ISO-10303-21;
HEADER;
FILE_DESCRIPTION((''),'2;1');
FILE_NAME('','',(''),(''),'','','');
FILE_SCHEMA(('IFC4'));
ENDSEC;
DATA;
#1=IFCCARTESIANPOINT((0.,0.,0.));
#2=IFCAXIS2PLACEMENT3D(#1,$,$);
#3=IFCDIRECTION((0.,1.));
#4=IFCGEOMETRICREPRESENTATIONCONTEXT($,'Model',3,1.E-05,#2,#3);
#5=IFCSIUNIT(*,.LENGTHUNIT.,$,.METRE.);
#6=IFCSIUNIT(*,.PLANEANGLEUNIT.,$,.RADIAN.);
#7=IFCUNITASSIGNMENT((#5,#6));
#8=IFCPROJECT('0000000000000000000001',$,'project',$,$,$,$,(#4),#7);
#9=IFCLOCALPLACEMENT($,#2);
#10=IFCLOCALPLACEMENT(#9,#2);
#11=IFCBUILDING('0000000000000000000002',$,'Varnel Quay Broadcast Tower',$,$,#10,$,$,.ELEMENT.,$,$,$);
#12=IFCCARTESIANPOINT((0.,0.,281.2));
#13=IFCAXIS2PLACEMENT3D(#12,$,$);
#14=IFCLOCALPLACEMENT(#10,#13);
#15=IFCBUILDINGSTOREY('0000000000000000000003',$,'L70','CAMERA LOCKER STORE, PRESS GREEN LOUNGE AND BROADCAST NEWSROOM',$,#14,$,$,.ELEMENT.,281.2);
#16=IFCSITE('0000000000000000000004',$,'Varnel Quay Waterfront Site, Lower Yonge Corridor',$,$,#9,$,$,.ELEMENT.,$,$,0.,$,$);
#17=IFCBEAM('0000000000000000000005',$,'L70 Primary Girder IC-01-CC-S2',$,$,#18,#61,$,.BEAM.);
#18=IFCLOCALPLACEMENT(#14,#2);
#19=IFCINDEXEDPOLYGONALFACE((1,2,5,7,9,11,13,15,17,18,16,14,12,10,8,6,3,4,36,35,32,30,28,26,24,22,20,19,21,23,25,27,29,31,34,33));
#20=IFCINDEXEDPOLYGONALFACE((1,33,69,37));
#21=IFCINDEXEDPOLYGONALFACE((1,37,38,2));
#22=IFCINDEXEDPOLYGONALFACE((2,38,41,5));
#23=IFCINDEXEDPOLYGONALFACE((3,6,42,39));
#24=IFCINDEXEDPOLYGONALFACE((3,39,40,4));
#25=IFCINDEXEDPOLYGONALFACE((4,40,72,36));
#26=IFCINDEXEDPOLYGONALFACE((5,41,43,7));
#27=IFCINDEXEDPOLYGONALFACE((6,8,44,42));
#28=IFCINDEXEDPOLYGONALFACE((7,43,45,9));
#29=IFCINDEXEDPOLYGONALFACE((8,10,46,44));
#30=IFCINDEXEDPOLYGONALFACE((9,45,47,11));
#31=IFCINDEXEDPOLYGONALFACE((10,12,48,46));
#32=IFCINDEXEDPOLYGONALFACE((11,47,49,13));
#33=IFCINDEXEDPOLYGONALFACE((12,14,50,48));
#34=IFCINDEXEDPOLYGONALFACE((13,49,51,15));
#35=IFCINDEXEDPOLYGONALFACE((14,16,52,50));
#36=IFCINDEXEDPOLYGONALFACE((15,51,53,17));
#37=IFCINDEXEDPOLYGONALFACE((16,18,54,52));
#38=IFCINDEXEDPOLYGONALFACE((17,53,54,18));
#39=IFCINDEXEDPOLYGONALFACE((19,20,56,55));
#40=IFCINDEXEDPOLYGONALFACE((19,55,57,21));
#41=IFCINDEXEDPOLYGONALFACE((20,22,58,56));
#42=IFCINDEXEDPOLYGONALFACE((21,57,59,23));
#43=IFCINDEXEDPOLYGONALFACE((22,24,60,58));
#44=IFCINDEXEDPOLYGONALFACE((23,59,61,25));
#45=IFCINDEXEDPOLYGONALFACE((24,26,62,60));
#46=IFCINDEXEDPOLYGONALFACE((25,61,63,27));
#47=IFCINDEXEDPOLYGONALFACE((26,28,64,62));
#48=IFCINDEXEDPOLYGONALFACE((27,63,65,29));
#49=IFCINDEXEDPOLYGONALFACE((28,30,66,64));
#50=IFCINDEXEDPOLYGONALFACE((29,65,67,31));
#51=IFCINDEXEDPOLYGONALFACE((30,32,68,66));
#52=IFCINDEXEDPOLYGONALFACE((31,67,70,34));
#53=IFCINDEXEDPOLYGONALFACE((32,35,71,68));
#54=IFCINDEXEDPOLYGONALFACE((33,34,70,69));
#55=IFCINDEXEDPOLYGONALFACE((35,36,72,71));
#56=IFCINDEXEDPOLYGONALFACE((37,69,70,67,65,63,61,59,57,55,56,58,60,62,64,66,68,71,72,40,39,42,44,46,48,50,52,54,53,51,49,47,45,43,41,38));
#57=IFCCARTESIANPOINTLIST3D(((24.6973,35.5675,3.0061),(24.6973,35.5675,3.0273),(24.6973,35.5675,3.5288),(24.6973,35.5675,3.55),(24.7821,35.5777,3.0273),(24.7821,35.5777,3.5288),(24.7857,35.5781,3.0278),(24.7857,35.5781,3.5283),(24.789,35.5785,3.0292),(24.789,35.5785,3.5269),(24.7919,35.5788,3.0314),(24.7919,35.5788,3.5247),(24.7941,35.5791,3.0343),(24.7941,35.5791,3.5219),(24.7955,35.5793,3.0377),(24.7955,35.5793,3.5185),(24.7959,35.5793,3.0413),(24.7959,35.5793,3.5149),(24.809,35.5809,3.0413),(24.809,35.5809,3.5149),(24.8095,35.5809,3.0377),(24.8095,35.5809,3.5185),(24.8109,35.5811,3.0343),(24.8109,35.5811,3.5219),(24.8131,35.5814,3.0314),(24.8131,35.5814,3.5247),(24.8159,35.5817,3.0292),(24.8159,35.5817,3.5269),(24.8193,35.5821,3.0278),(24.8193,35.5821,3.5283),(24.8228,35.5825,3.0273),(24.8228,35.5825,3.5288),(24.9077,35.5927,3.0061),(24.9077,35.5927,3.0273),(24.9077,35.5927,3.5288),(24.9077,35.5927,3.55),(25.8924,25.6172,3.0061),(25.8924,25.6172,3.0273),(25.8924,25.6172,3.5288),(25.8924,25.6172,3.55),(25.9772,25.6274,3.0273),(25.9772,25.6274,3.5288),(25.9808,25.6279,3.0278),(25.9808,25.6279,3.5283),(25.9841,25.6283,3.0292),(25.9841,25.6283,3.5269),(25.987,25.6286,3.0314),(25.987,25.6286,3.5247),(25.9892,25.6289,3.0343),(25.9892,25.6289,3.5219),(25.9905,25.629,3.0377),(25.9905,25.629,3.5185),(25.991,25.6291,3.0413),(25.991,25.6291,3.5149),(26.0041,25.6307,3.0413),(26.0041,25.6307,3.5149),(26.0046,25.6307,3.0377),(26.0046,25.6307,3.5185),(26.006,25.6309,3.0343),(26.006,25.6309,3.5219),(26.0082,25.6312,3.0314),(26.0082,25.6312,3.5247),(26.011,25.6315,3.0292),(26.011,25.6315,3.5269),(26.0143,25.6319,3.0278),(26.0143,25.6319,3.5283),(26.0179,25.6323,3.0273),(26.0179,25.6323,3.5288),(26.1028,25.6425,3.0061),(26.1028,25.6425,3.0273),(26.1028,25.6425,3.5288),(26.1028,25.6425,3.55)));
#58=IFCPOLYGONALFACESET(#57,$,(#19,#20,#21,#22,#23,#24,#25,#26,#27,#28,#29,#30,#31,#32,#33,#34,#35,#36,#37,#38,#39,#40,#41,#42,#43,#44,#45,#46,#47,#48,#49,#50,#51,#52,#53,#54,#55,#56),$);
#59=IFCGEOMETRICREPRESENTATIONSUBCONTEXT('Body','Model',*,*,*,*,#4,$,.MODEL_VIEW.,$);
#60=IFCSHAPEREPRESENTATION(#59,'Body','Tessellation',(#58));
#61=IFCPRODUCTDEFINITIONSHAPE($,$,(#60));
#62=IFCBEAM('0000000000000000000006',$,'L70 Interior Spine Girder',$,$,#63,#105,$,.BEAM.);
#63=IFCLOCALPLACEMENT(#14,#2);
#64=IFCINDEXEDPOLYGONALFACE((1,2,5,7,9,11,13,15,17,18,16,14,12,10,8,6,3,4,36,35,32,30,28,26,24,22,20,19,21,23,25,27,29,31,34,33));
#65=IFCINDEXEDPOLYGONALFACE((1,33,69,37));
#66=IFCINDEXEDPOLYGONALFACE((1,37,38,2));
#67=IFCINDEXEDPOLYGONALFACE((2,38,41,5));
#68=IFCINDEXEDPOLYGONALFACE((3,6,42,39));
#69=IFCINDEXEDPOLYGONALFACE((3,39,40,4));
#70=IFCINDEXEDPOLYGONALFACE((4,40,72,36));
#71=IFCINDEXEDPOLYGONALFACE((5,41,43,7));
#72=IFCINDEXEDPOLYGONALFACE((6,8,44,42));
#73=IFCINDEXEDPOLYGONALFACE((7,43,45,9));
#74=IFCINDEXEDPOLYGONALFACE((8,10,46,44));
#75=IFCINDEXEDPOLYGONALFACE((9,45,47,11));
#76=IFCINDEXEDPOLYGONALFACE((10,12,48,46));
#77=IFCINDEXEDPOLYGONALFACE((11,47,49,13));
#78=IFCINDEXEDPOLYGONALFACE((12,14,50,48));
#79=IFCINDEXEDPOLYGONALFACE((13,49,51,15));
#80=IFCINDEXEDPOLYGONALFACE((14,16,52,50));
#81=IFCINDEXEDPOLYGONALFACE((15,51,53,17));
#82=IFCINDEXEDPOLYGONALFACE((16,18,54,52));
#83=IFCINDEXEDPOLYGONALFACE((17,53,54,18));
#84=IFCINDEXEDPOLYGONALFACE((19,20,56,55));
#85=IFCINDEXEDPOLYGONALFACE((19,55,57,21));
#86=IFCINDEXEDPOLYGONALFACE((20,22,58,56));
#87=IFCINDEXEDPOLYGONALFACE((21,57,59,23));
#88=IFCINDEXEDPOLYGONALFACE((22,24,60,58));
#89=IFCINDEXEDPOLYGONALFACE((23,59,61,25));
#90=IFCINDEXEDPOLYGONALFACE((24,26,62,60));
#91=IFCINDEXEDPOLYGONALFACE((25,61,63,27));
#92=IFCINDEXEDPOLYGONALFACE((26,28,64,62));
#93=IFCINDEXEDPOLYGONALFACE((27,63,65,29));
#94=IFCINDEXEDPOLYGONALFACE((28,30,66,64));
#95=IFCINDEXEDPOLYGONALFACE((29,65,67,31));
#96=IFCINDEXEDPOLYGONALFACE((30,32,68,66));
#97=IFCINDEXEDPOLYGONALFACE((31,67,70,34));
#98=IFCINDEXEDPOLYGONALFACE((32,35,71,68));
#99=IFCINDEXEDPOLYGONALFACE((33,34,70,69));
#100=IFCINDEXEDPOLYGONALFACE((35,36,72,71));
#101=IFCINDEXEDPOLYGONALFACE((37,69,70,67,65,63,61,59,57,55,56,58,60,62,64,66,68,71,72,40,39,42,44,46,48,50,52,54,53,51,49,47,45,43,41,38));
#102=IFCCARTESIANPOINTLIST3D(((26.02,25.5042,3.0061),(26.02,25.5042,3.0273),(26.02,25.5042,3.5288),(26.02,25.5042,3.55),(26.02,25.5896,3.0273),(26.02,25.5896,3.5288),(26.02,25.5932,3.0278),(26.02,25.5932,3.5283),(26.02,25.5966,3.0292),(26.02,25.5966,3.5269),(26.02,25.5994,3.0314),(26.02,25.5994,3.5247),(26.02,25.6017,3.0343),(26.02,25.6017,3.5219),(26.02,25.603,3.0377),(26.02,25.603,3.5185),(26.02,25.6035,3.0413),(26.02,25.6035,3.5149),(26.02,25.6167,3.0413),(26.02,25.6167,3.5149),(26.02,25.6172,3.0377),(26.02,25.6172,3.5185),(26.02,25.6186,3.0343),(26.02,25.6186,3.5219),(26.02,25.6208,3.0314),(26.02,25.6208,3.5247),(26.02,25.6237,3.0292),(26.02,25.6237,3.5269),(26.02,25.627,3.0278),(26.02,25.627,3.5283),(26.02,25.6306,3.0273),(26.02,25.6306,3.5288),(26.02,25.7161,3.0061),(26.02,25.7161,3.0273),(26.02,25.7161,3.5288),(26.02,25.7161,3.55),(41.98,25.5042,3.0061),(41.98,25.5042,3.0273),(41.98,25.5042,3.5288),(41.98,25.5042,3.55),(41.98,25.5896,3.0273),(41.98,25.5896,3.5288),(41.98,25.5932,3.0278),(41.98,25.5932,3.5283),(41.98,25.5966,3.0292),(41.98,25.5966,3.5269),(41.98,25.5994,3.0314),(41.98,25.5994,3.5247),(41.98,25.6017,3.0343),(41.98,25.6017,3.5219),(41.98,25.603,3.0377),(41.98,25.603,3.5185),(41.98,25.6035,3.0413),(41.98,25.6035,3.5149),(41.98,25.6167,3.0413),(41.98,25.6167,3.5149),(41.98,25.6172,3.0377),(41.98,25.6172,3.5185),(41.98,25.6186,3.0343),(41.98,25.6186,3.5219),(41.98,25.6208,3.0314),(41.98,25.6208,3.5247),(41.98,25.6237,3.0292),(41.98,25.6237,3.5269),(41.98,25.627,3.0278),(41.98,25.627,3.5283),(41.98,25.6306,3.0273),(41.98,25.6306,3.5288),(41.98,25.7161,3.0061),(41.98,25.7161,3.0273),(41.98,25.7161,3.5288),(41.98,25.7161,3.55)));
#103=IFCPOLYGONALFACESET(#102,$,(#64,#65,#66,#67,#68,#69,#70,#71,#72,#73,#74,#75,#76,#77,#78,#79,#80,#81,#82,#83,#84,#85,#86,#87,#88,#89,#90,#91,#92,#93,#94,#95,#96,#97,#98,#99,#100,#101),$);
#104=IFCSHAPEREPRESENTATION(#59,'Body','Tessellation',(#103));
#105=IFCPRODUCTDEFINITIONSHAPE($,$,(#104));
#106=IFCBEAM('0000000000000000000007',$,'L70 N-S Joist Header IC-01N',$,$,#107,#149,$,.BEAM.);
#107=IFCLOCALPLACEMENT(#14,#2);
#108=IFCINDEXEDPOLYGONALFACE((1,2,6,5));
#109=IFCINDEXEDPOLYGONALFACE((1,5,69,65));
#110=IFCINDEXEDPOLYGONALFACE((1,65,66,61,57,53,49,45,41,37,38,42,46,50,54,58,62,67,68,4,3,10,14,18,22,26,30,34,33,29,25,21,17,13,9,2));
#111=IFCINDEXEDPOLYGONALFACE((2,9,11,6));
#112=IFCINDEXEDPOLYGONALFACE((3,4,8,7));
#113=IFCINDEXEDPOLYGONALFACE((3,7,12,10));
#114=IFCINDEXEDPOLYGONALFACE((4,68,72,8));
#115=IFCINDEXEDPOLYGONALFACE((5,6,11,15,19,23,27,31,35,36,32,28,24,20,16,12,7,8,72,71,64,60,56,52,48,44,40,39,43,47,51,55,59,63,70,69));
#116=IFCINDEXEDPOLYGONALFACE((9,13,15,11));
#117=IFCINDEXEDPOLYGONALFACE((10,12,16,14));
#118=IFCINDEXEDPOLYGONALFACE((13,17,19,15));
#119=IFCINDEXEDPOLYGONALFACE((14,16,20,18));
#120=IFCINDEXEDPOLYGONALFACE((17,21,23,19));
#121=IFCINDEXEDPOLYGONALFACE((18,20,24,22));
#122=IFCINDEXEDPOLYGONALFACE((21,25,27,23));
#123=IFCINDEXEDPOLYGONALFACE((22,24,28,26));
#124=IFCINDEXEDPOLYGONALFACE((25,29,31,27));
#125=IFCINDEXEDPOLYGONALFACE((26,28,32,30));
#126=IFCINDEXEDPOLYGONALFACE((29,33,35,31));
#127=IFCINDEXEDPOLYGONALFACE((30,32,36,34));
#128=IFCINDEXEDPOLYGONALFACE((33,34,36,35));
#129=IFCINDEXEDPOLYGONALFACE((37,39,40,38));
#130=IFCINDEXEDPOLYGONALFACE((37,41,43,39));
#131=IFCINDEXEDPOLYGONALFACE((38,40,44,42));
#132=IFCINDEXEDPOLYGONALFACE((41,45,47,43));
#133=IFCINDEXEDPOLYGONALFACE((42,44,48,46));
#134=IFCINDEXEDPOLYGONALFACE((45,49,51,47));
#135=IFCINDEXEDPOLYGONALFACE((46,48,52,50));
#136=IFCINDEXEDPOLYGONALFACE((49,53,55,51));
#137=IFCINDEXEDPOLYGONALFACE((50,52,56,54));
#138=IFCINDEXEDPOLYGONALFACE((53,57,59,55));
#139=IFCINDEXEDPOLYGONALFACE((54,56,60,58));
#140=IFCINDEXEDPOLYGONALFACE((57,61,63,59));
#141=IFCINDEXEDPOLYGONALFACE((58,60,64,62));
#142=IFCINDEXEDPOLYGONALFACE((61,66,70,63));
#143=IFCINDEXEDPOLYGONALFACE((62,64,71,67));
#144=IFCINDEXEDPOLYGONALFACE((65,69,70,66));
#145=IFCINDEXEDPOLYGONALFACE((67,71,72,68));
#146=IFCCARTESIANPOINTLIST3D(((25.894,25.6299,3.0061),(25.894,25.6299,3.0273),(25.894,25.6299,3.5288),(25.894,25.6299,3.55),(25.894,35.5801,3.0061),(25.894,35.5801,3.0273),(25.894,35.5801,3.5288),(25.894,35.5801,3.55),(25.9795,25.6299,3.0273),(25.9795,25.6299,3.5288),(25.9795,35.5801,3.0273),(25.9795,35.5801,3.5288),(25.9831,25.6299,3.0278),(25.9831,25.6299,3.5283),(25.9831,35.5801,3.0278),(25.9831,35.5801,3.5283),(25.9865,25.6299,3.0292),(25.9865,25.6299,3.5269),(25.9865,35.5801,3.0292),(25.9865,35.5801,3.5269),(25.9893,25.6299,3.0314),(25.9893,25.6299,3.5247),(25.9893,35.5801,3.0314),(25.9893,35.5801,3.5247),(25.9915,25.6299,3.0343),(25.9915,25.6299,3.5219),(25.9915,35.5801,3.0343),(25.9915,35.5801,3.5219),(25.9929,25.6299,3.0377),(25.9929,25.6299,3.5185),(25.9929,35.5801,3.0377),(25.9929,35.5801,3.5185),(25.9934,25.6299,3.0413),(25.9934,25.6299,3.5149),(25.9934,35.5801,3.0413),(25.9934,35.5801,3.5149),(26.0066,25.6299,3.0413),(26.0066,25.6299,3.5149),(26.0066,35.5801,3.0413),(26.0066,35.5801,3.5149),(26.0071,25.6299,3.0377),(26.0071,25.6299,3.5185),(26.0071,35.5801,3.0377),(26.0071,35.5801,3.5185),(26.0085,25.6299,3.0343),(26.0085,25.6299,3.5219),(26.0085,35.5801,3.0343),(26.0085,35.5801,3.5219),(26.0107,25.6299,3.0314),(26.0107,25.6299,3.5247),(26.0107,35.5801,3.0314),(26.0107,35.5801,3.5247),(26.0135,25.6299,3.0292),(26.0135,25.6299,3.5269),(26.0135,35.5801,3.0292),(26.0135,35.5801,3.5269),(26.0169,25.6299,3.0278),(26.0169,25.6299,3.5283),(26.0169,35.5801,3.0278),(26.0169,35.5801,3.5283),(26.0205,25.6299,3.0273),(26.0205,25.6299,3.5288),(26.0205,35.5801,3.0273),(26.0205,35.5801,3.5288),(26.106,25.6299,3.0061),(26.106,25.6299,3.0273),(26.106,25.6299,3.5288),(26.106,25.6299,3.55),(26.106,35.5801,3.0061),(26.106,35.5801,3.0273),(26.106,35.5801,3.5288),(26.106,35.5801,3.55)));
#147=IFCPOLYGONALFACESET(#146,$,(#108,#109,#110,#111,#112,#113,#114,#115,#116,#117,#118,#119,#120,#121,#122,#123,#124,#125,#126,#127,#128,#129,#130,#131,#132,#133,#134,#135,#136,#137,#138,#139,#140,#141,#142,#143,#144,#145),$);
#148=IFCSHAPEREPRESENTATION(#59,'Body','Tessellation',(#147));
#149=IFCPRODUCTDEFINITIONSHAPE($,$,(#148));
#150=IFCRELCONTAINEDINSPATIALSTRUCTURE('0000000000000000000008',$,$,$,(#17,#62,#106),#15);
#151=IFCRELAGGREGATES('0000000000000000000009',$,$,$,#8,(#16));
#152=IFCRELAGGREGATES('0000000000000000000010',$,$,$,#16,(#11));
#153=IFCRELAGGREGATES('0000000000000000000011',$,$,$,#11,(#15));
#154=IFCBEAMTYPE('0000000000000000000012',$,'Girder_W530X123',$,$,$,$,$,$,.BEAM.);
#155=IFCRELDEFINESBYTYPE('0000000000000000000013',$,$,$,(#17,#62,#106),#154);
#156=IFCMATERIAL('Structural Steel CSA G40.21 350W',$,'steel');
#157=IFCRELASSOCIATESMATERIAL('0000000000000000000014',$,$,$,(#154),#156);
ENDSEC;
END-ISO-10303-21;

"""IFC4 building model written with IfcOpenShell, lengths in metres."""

from ifc_helpers import new_model, si_unit, direction, frame, origin, origin_2d, place, context, subcontext, project, spatial, i_section, extrude, source, transform, mapped, material, material_profile, profile_set, type_object, type_shapes, element, save


model = new_model("IFC4")

# Units and contexts
model_context = context("Model", 3, precision=1e-05, world=origin(), true_north=direction((0.0, 1.0)))
body_context = subcontext(model_context, "Body", "Model", "MODEL_VIEW")
ifc_project = project(units=[si_unit("LENGTHUNIT", "METRE"), si_unit("PLANEANGLEUNIT", "RADIAN")], contexts=[model_context])

# Site, building, storey
site_placement = place(None, origin())
site = spatial("IfcSite", under=ifc_project, at=site_placement, Name="Varnel Quay Waterfront Site, Lower Yonge Corridor", CompositionType="ELEMENT", RefElevation=0.0)
building_placement = place(site_placement, origin())
building = spatial("IfcBuilding", under=site, at=building_placement, Name="Varnel Quay Broadcast Tower", CompositionType="ELEMENT")
storey_placement = place(building_placement, frame((0.0, 0.0, 281.2)))
storey = spatial("IfcBuildingStorey", under=building, at=storey_placement, Name="L70", Description="CAMERA LOCKER STORE, PRESS GREEN LOUNGE AND BROADCAST NEWSROOM", CompositionType="ELEMENT", Elevation=281.2)

# Shared definitions
ifc_material_1 = material(Name="Structural Steel CSA G40.21 350W", Category="steel")

# Beams
ifc_material_profile_1 = material_profile(ifc_material_1, i_section(OverallWidth=0.2119, OverallDepth=0.5439, WebThickness=0.0132, FlangeThickness=0.0212, FilletRadius=0.0139, at=origin_2d()), Name="W530X123")
ifc_profile_set_1 = profile_set([ifc_material_profile_1], Name="Structural Steel CSA G40.21 350W")
beam_type_1 = type_object("IfcBeamType", Name="Girder_W530X123", PredefinedType="BEAM", material=ifc_profile_set_1)
shared_shape_1 = source(origin(), body_context, "Body", "SweptSolid", [
    extrude(i_section(OverallWidth=0.2119, OverallDepth=0.5439, WebThickness=0.0132, FlangeThickness=0.0212, FilletRadius=0.0139, at=origin_2d()), origin(), (0.0, 0.0, 1.0), 10.0217),
])
beam_1_placement = place(storey_placement, frame((25.9976, 25.6299, 3.2781), z_axis=(-0.119248, 0.992864, 0.0), x_axis=(-0.992864, -0.119248, 0.0)))
element("IfcBeam", 1, at=beam_1_placement, inside=storey, type_object=beam_type_1, Name="L70 Primary Girder IC-01-CC-S2", PredefinedType="BEAM", context=body_context, shape_type="MappedRepresentation", body=[
    mapped(shared_shape_1, transform((0.0, 0.0, 0.0), x_axis=(1.0, 0.0, 0.0), y_axis=(0.0, 1.0, 0.0), z_axis=(0.0, 0.0, 1.0), scale=1.0)),
])
shared_shape_2 = source(origin(), body_context, "Body", "SweptSolid", [
    extrude(i_section(OverallWidth=0.2119, OverallDepth=0.5439, WebThickness=0.0132, FlangeThickness=0.0212, FilletRadius=0.0139, at=origin_2d()), origin(), (0.0, 0.0, 1.0), 15.96),
])
beam_2_placement = place(storey_placement, frame((26.02, 25.6101, 3.2781), z_axis=(1.0, 0.0, 0.0), x_axis=(0.0, 1.0, 0.0)))
element("IfcBeam", 2, at=beam_2_placement, inside=storey, type_object=beam_type_1, Name="L70 Interior Spine Girder", PredefinedType="BEAM", context=body_context, shape_type="MappedRepresentation", body=[
    mapped(shared_shape_2, transform((0.0, 0.0, 0.0), x_axis=(1.0, 0.0, 0.0), y_axis=(0.0, 1.0, 0.0), z_axis=(0.0, 0.0, 1.0), scale=1.0)),
])
shared_shape_3 = source(origin(), body_context, "Body", "SweptSolid", [
    extrude(i_section(OverallWidth=0.2119, OverallDepth=0.5439, WebThickness=0.0132, FlangeThickness=0.0212, FilletRadius=0.0139, at=origin_2d()), origin(), (0.0, 0.0, 1.0), 9.9502),
])
type_shapes(beam_type_1, [shared_shape_1, shared_shape_2, shared_shape_3])
beam_3_placement = place(storey_placement, frame((26.0, 25.6299, 3.2781), z_axis=(0.0, 1.0, 0.0), x_axis=(-1.0, 0.0, 0.0)))
element("IfcBeam", 3, at=beam_3_placement, inside=storey, type_object=beam_type_1, Name="L70 N-S Joist Header IC-01N", PredefinedType="BEAM", context=body_context, shape_type="MappedRepresentation", body=[
    mapped(shared_shape_3, transform((0.0, 0.0, 0.0), x_axis=(1.0, 0.0, 0.0), y_axis=(0.0, 1.0, 0.0), z_axis=(0.0, 0.0, 1.0), scale=1.0)),
])

save(model, "model.ifc")
